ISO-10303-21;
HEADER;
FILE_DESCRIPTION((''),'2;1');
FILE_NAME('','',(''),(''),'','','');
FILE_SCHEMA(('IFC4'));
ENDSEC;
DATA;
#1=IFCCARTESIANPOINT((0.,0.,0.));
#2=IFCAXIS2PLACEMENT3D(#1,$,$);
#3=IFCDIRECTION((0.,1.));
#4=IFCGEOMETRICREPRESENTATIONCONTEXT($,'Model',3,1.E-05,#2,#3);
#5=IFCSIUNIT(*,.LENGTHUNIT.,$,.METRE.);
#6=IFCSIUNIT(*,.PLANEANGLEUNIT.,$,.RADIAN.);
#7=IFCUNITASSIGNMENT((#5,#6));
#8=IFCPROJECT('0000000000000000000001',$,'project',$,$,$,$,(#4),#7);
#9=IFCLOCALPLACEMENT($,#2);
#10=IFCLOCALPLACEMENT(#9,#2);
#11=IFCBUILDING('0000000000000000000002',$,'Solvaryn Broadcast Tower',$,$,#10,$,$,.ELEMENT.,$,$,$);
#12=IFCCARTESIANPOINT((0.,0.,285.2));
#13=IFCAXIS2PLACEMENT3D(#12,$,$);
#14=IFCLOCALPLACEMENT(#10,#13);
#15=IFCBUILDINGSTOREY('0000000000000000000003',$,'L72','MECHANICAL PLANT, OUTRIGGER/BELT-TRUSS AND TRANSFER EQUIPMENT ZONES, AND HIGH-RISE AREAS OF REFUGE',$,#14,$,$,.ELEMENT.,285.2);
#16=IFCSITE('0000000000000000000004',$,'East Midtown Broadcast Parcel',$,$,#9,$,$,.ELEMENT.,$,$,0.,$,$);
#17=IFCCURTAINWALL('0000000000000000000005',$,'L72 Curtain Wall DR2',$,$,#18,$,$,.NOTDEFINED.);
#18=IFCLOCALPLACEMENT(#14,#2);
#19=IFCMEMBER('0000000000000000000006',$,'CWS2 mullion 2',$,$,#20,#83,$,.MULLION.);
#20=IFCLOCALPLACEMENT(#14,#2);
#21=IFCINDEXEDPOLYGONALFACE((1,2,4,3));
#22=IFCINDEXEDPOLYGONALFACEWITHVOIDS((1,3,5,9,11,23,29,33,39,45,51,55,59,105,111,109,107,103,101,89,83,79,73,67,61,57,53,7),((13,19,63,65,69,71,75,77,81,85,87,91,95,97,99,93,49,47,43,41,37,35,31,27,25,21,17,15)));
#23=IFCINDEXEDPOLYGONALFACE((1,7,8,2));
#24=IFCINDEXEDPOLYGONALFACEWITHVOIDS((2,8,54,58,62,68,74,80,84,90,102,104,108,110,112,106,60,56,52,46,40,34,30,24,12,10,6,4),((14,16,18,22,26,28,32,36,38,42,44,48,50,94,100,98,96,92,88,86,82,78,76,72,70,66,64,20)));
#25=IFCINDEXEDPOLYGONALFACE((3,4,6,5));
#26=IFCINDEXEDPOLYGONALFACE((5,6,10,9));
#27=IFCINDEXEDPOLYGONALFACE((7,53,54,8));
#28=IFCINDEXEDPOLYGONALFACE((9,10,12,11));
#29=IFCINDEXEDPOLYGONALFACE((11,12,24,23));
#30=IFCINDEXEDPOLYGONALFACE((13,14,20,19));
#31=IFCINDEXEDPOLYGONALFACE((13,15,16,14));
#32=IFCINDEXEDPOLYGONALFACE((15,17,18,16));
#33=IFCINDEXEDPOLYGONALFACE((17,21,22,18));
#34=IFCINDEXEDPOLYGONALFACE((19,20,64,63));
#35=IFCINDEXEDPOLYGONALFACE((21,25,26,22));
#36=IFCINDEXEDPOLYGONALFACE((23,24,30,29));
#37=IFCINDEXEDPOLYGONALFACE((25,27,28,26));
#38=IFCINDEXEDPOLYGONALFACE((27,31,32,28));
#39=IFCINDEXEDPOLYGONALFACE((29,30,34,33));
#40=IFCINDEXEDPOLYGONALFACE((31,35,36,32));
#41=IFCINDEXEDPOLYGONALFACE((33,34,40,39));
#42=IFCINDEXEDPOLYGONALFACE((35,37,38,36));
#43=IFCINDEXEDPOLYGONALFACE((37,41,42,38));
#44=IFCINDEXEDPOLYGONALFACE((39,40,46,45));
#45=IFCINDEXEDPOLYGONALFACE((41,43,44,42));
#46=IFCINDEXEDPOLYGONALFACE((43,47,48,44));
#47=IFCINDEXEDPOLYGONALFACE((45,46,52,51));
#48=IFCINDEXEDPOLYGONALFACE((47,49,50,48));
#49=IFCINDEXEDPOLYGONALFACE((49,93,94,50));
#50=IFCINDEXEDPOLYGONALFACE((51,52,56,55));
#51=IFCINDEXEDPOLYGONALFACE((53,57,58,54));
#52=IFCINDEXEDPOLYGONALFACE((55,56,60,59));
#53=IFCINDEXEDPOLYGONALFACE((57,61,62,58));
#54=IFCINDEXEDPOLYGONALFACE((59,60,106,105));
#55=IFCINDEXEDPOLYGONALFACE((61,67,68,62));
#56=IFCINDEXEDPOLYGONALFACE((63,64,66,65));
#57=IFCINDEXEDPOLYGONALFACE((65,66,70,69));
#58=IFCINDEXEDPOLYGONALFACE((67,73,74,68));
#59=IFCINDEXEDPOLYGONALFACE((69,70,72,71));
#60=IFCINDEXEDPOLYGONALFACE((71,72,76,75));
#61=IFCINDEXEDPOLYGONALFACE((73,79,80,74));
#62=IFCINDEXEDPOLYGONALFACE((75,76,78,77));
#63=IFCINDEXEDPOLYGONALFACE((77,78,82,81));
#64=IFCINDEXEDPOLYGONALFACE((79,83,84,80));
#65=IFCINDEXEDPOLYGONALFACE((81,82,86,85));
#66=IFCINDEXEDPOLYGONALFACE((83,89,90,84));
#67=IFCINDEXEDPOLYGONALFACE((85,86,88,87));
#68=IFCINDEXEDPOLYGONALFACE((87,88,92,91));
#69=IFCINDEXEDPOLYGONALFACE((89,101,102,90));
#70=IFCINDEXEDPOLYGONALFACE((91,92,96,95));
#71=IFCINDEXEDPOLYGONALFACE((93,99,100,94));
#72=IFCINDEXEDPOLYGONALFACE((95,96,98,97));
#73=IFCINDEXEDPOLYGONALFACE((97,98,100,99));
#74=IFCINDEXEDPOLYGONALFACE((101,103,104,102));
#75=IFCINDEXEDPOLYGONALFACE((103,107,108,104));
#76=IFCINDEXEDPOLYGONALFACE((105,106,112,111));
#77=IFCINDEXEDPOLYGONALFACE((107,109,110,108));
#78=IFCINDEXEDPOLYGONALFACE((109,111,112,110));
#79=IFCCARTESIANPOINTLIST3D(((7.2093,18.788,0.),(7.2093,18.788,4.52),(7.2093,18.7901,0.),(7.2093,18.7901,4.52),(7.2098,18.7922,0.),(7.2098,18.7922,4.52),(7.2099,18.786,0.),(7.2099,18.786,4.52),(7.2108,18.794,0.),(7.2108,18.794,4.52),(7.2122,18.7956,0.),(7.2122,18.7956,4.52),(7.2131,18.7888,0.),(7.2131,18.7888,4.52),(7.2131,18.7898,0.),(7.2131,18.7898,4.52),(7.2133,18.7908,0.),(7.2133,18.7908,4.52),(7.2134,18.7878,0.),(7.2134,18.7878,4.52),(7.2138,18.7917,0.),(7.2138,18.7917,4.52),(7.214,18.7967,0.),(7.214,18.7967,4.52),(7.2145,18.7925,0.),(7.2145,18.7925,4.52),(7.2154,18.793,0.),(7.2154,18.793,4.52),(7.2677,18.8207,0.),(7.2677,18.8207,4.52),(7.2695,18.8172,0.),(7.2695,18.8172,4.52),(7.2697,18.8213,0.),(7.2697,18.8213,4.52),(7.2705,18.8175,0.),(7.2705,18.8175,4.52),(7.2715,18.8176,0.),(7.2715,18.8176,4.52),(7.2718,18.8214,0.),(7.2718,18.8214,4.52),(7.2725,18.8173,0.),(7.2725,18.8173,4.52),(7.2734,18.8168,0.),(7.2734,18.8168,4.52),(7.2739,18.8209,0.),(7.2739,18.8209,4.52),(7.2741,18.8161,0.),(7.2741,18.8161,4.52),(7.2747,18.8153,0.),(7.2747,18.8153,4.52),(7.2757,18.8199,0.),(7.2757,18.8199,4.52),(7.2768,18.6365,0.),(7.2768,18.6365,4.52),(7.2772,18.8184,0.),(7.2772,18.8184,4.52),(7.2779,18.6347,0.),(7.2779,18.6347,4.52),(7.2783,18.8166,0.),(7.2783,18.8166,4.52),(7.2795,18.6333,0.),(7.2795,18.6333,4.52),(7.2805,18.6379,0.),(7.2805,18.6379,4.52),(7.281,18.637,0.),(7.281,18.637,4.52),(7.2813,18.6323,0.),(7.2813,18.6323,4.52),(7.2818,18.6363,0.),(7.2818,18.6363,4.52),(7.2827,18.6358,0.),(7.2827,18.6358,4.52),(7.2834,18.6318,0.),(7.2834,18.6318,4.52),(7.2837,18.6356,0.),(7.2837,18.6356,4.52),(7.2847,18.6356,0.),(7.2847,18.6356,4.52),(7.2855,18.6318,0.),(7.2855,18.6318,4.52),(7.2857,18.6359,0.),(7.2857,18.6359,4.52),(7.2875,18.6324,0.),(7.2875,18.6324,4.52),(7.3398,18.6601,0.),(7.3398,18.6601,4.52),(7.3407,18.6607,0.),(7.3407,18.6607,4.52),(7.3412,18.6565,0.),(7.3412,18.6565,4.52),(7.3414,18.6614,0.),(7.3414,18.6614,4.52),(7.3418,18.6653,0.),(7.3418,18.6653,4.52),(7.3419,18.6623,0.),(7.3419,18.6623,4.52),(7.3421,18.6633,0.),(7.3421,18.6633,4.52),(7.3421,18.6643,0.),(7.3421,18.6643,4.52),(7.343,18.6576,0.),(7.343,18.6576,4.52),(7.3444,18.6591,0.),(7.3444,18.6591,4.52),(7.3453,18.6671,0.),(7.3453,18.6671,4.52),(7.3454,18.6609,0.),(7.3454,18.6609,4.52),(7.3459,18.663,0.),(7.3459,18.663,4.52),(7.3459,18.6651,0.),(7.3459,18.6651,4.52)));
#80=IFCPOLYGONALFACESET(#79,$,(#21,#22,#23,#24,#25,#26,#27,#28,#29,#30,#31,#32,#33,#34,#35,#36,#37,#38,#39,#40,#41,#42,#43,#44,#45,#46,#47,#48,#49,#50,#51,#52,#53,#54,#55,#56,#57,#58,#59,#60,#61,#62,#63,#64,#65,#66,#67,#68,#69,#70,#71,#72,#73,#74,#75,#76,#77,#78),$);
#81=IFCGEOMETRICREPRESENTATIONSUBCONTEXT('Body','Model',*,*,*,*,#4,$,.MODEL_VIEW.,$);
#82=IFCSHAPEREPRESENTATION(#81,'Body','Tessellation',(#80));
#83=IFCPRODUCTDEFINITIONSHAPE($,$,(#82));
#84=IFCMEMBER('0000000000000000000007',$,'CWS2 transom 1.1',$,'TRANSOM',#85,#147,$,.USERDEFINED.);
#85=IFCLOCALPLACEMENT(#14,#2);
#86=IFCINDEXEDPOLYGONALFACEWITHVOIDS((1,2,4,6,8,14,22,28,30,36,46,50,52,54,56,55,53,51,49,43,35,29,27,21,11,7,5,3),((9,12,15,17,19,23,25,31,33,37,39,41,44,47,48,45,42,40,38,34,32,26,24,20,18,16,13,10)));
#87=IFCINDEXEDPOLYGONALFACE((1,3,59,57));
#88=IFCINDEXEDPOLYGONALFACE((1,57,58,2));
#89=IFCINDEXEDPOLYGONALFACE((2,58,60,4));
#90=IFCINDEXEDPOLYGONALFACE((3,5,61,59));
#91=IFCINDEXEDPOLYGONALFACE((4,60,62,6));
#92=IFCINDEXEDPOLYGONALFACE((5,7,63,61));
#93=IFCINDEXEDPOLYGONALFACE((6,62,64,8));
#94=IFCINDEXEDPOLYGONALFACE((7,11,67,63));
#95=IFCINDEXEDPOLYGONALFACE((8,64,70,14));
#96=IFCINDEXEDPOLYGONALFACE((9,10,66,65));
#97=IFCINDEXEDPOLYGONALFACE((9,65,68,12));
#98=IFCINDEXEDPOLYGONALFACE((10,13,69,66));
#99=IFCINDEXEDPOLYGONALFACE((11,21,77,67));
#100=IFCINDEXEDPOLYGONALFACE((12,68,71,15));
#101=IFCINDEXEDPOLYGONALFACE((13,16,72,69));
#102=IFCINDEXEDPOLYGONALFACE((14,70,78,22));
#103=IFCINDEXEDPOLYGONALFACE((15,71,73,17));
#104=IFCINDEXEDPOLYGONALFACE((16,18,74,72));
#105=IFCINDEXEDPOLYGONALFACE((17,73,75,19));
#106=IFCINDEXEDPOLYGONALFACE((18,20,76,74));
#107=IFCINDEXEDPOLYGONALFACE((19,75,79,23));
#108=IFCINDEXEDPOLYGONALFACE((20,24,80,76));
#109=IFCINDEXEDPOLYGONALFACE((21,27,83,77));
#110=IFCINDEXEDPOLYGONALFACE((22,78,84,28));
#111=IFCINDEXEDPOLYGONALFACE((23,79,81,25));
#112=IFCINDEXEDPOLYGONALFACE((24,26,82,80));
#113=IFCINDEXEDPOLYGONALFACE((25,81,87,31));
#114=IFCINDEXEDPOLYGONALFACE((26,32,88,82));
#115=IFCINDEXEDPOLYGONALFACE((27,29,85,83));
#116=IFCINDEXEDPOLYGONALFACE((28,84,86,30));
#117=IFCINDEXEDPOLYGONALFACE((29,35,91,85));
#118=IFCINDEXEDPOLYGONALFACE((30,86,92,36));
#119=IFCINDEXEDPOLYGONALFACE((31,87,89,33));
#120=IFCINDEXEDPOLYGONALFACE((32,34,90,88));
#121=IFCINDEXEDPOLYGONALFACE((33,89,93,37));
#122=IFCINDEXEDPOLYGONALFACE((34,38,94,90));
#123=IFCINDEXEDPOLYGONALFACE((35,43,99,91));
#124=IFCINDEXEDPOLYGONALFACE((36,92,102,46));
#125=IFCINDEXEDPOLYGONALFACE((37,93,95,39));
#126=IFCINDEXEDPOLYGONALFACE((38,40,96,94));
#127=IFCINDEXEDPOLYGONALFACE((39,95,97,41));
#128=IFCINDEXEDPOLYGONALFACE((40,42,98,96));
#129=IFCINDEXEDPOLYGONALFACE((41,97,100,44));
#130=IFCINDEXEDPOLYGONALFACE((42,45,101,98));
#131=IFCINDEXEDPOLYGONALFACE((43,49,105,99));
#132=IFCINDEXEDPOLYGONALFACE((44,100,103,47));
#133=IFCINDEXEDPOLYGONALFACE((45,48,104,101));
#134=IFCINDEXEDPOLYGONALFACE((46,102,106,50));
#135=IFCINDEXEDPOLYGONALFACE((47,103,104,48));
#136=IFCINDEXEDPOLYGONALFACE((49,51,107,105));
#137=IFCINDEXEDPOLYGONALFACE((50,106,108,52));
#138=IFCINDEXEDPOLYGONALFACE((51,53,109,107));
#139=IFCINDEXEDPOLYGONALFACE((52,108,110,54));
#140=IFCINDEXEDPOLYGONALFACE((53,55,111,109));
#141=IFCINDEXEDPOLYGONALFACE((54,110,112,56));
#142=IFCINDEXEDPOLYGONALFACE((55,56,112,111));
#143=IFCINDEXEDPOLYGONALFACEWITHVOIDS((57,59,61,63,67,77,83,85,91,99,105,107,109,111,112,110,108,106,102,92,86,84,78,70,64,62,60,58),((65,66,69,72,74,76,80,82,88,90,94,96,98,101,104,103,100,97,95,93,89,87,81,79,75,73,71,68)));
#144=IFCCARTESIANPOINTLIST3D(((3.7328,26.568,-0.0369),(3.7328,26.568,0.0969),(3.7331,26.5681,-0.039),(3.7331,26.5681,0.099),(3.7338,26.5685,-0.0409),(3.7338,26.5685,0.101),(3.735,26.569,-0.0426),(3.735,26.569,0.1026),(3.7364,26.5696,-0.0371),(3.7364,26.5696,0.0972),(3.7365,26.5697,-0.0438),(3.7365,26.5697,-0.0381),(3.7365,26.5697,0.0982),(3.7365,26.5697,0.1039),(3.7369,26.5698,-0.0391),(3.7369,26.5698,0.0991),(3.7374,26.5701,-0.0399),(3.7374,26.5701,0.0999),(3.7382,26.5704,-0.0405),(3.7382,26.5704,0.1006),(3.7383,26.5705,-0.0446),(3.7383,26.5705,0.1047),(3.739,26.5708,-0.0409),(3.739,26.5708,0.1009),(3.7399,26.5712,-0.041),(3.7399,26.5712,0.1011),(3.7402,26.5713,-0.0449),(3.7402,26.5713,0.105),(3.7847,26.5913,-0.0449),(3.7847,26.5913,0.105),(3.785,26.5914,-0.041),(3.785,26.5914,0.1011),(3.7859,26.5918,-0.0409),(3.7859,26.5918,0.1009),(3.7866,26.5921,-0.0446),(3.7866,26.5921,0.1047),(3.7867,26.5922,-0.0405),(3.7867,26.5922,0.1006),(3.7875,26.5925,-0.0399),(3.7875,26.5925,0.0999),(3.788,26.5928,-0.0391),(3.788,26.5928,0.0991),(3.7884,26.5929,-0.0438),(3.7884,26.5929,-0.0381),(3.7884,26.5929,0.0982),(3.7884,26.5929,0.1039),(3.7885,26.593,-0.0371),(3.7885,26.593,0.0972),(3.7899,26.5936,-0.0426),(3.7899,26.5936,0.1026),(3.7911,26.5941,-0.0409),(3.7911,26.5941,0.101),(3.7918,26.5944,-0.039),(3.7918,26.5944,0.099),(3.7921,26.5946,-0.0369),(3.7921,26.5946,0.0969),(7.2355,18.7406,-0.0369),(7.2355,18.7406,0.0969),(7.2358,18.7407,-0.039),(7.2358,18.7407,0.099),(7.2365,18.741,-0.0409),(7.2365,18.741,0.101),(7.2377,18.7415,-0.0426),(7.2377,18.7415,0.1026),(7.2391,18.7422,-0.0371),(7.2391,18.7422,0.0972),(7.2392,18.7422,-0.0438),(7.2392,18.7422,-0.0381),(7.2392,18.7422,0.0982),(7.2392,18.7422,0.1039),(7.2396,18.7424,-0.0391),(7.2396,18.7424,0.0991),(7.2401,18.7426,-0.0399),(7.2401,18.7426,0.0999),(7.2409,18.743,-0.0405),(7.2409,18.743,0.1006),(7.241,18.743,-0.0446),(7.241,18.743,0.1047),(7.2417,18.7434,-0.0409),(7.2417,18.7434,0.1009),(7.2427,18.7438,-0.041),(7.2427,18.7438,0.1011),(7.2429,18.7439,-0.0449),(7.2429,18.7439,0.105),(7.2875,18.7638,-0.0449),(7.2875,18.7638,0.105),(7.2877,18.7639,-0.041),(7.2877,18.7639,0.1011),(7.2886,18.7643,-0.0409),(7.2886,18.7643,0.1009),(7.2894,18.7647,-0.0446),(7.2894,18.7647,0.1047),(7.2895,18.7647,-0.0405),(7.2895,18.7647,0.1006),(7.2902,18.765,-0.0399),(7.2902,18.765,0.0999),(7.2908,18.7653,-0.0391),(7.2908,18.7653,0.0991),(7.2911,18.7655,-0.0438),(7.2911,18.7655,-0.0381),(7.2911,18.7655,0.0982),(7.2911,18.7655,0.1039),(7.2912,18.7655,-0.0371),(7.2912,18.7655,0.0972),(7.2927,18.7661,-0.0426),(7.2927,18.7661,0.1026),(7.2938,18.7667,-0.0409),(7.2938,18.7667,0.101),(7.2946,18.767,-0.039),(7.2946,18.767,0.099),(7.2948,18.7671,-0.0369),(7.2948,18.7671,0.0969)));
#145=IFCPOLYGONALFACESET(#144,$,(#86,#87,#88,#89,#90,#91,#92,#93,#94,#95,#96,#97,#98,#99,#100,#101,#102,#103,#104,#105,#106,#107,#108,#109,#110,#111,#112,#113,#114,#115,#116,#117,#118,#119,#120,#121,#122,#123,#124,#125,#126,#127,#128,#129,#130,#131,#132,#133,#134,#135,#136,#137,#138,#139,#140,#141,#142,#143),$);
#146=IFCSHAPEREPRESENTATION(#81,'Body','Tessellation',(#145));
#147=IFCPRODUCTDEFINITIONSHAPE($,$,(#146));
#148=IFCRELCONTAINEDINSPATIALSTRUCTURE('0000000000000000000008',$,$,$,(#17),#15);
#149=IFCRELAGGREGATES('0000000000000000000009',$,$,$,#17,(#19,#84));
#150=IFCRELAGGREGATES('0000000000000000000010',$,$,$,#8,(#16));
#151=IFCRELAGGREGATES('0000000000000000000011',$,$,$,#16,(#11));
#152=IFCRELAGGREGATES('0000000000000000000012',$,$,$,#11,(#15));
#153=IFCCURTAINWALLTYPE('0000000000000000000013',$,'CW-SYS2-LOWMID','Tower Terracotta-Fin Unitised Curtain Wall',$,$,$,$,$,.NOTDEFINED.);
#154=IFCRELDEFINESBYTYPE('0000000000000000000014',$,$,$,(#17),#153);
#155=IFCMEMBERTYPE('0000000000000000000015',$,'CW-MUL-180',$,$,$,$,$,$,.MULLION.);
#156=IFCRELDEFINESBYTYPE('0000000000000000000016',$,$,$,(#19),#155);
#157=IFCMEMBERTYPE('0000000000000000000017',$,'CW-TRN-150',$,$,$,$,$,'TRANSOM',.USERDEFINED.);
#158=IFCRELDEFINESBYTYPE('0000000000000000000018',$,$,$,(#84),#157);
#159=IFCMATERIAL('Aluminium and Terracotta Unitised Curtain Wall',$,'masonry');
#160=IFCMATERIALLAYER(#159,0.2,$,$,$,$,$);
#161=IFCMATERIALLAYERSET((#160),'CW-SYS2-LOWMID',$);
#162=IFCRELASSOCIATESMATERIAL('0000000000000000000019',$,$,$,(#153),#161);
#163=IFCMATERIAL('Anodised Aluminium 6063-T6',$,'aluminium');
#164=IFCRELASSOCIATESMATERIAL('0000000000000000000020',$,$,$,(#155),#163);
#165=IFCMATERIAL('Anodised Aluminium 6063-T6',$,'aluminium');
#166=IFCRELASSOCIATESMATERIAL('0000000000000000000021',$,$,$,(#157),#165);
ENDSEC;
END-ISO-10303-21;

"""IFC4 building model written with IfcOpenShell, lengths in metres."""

from ifc_helpers import new_model, si_unit, direction, frame, origin, origin_2d, place, context, subcontext, project, spatial, hollow_rectangle, extrude, material, layer, layer_set, material_profile, profile_set, type_object, element, aggregate, save


model = new_model("IFC4")

# Units and contexts
model_context = context("Model", 3, precision=1e-05, world=origin(), true_north=direction((0.0, 1.0)))
body_context = subcontext(model_context, "Body", "Model", "MODEL_VIEW")
ifc_project = project(units=[si_unit("LENGTHUNIT", "METRE"), si_unit("PLANEANGLEUNIT", "RADIAN")], contexts=[model_context])

# Site, building, storey
site_placement = place(None, origin())
site = spatial("IfcSite", under=ifc_project, at=site_placement, Name="East Midtown Broadcast Parcel", CompositionType="ELEMENT", RefElevation=0.0)
building_placement = place(site_placement, origin())
building = spatial("IfcBuilding", under=site, at=building_placement, Name="Solvaryn Broadcast Tower", CompositionType="ELEMENT")
storey_placement = place(building_placement, frame((0.0, 0.0, 285.2)))
storey = spatial("IfcBuildingStorey", under=building, at=storey_placement, Name="L72", Description="MECHANICAL PLANT, OUTRIGGER/BELT-TRUSS AND TRANSFER EQUIPMENT ZONES, AND HIGH-RISE AREAS OF REFUGE", CompositionType="ELEMENT", Elevation=285.2)

# Shared definitions
ifc_material_1 = material(Name="Aluminium and Terracotta Unitised Curtain Wall", Category="masonry")
ifc_layer_1 = layer(ifc_material_1, 0.2)
ifc_layer_set_1 = layer_set([ifc_layer_1], Name="CW-SYS2-LOWMID")
curtain_wall_type = type_object("IfcCurtainWallType", Name="CW-SYS2-LOWMID", Description="Tower Terracotta-Fin Unitised Curtain Wall", PredefinedType="NOTDEFINED", material=ifc_layer_set_1)
ifc_material_2 = material(Name="Anodised Aluminium 6063-T6", Category="aluminium")
ifc_material_profile_1 = material_profile(ifc_material_2, hollow_rectangle(XDim=0.075, YDim=0.1799, WallThickness=0.0039, InnerFilletRadius=0.0039, OuterFilletRadius=0.0081, at=origin_2d()))
ifc_profile_set_1 = profile_set([ifc_material_profile_1], Name="Anodised Aluminium 6063-T6")
member_type_1 = type_object("IfcMemberType", Name="CW-MUL-180", PredefinedType="MULLION", material=ifc_profile_set_1)

# Curtain wall, members
curtain_wall_1_placement = place(storey_placement, origin())
curtain_wall_1 = element("IfcCurtainWall", 1, at=curtain_wall_1_placement, inside=storey, type_object=curtain_wall_type, Name="L72 Curtain Wall DR2", PredefinedType="NOTDEFINED")
member_1_placement = place(storey_placement, frame((7.2776, 18.7266, 0.0), z_axis=(0.0, 0.0, 1.0), x_axis=(0.912774, 0.408466, 0.0)))
member_1 = element("IfcMember", 2, at=member_1_placement, type_object=member_type_1, Name="CWS2 mullion 2", PredefinedType="MULLION", context=body_context, shape_type="SweptSolid", body=[
    extrude(hollow_rectangle(XDim=0.075, YDim=0.1799, WallThickness=0.0039, InnerFilletRadius=0.0039, OuterFilletRadius=0.0081, at=origin_2d()), origin(), (0.0, 0.0, 1.0), 4.52),
])
ifc_material_3 = material(Name="Anodised Aluminium 6063-T6", Category="aluminium")
ifc_material_profile_2 = material_profile(ifc_material_3, hollow_rectangle(XDim=0.0649, YDim=0.1499, WallThickness=0.0039, InnerFilletRadius=0.0039, OuterFilletRadius=0.0081, at=origin_2d()))
ifc_profile_set_2 = profile_set([ifc_material_profile_2], Name="Anodised Aluminium 6063-T6")
member_type_2 = type_object("IfcMemberType", Name="CW-TRN-150", ElementType="TRANSOM", PredefinedType="USERDEFINED", material=ifc_profile_set_2)
member_2_placement = place(storey_placement, frame((3.7625, 26.5813, 0.03), z_axis=(0.408459, -0.912777, 0.0), x_axis=(0.912777, 0.408459, 0.0)))
member_2 = element("IfcMember", 3, at=member_2_placement, type_object=member_type_2, Name="CWS2 transom 1.1", ObjectType="TRANSOM", PredefinedType="USERDEFINED", context=body_context, shape_type="SweptSolid", body=[
    extrude(hollow_rectangle(XDim=0.0649, YDim=0.1499, WallThickness=0.0039, InnerFilletRadius=0.0039, OuterFilletRadius=0.0081, at=origin_2d()), origin(), (0.0, 0.0, 1.0), 8.5754),
])

aggregate(curtain_wall_1, [member_1, member_2])

save(model, "model.ifc")
